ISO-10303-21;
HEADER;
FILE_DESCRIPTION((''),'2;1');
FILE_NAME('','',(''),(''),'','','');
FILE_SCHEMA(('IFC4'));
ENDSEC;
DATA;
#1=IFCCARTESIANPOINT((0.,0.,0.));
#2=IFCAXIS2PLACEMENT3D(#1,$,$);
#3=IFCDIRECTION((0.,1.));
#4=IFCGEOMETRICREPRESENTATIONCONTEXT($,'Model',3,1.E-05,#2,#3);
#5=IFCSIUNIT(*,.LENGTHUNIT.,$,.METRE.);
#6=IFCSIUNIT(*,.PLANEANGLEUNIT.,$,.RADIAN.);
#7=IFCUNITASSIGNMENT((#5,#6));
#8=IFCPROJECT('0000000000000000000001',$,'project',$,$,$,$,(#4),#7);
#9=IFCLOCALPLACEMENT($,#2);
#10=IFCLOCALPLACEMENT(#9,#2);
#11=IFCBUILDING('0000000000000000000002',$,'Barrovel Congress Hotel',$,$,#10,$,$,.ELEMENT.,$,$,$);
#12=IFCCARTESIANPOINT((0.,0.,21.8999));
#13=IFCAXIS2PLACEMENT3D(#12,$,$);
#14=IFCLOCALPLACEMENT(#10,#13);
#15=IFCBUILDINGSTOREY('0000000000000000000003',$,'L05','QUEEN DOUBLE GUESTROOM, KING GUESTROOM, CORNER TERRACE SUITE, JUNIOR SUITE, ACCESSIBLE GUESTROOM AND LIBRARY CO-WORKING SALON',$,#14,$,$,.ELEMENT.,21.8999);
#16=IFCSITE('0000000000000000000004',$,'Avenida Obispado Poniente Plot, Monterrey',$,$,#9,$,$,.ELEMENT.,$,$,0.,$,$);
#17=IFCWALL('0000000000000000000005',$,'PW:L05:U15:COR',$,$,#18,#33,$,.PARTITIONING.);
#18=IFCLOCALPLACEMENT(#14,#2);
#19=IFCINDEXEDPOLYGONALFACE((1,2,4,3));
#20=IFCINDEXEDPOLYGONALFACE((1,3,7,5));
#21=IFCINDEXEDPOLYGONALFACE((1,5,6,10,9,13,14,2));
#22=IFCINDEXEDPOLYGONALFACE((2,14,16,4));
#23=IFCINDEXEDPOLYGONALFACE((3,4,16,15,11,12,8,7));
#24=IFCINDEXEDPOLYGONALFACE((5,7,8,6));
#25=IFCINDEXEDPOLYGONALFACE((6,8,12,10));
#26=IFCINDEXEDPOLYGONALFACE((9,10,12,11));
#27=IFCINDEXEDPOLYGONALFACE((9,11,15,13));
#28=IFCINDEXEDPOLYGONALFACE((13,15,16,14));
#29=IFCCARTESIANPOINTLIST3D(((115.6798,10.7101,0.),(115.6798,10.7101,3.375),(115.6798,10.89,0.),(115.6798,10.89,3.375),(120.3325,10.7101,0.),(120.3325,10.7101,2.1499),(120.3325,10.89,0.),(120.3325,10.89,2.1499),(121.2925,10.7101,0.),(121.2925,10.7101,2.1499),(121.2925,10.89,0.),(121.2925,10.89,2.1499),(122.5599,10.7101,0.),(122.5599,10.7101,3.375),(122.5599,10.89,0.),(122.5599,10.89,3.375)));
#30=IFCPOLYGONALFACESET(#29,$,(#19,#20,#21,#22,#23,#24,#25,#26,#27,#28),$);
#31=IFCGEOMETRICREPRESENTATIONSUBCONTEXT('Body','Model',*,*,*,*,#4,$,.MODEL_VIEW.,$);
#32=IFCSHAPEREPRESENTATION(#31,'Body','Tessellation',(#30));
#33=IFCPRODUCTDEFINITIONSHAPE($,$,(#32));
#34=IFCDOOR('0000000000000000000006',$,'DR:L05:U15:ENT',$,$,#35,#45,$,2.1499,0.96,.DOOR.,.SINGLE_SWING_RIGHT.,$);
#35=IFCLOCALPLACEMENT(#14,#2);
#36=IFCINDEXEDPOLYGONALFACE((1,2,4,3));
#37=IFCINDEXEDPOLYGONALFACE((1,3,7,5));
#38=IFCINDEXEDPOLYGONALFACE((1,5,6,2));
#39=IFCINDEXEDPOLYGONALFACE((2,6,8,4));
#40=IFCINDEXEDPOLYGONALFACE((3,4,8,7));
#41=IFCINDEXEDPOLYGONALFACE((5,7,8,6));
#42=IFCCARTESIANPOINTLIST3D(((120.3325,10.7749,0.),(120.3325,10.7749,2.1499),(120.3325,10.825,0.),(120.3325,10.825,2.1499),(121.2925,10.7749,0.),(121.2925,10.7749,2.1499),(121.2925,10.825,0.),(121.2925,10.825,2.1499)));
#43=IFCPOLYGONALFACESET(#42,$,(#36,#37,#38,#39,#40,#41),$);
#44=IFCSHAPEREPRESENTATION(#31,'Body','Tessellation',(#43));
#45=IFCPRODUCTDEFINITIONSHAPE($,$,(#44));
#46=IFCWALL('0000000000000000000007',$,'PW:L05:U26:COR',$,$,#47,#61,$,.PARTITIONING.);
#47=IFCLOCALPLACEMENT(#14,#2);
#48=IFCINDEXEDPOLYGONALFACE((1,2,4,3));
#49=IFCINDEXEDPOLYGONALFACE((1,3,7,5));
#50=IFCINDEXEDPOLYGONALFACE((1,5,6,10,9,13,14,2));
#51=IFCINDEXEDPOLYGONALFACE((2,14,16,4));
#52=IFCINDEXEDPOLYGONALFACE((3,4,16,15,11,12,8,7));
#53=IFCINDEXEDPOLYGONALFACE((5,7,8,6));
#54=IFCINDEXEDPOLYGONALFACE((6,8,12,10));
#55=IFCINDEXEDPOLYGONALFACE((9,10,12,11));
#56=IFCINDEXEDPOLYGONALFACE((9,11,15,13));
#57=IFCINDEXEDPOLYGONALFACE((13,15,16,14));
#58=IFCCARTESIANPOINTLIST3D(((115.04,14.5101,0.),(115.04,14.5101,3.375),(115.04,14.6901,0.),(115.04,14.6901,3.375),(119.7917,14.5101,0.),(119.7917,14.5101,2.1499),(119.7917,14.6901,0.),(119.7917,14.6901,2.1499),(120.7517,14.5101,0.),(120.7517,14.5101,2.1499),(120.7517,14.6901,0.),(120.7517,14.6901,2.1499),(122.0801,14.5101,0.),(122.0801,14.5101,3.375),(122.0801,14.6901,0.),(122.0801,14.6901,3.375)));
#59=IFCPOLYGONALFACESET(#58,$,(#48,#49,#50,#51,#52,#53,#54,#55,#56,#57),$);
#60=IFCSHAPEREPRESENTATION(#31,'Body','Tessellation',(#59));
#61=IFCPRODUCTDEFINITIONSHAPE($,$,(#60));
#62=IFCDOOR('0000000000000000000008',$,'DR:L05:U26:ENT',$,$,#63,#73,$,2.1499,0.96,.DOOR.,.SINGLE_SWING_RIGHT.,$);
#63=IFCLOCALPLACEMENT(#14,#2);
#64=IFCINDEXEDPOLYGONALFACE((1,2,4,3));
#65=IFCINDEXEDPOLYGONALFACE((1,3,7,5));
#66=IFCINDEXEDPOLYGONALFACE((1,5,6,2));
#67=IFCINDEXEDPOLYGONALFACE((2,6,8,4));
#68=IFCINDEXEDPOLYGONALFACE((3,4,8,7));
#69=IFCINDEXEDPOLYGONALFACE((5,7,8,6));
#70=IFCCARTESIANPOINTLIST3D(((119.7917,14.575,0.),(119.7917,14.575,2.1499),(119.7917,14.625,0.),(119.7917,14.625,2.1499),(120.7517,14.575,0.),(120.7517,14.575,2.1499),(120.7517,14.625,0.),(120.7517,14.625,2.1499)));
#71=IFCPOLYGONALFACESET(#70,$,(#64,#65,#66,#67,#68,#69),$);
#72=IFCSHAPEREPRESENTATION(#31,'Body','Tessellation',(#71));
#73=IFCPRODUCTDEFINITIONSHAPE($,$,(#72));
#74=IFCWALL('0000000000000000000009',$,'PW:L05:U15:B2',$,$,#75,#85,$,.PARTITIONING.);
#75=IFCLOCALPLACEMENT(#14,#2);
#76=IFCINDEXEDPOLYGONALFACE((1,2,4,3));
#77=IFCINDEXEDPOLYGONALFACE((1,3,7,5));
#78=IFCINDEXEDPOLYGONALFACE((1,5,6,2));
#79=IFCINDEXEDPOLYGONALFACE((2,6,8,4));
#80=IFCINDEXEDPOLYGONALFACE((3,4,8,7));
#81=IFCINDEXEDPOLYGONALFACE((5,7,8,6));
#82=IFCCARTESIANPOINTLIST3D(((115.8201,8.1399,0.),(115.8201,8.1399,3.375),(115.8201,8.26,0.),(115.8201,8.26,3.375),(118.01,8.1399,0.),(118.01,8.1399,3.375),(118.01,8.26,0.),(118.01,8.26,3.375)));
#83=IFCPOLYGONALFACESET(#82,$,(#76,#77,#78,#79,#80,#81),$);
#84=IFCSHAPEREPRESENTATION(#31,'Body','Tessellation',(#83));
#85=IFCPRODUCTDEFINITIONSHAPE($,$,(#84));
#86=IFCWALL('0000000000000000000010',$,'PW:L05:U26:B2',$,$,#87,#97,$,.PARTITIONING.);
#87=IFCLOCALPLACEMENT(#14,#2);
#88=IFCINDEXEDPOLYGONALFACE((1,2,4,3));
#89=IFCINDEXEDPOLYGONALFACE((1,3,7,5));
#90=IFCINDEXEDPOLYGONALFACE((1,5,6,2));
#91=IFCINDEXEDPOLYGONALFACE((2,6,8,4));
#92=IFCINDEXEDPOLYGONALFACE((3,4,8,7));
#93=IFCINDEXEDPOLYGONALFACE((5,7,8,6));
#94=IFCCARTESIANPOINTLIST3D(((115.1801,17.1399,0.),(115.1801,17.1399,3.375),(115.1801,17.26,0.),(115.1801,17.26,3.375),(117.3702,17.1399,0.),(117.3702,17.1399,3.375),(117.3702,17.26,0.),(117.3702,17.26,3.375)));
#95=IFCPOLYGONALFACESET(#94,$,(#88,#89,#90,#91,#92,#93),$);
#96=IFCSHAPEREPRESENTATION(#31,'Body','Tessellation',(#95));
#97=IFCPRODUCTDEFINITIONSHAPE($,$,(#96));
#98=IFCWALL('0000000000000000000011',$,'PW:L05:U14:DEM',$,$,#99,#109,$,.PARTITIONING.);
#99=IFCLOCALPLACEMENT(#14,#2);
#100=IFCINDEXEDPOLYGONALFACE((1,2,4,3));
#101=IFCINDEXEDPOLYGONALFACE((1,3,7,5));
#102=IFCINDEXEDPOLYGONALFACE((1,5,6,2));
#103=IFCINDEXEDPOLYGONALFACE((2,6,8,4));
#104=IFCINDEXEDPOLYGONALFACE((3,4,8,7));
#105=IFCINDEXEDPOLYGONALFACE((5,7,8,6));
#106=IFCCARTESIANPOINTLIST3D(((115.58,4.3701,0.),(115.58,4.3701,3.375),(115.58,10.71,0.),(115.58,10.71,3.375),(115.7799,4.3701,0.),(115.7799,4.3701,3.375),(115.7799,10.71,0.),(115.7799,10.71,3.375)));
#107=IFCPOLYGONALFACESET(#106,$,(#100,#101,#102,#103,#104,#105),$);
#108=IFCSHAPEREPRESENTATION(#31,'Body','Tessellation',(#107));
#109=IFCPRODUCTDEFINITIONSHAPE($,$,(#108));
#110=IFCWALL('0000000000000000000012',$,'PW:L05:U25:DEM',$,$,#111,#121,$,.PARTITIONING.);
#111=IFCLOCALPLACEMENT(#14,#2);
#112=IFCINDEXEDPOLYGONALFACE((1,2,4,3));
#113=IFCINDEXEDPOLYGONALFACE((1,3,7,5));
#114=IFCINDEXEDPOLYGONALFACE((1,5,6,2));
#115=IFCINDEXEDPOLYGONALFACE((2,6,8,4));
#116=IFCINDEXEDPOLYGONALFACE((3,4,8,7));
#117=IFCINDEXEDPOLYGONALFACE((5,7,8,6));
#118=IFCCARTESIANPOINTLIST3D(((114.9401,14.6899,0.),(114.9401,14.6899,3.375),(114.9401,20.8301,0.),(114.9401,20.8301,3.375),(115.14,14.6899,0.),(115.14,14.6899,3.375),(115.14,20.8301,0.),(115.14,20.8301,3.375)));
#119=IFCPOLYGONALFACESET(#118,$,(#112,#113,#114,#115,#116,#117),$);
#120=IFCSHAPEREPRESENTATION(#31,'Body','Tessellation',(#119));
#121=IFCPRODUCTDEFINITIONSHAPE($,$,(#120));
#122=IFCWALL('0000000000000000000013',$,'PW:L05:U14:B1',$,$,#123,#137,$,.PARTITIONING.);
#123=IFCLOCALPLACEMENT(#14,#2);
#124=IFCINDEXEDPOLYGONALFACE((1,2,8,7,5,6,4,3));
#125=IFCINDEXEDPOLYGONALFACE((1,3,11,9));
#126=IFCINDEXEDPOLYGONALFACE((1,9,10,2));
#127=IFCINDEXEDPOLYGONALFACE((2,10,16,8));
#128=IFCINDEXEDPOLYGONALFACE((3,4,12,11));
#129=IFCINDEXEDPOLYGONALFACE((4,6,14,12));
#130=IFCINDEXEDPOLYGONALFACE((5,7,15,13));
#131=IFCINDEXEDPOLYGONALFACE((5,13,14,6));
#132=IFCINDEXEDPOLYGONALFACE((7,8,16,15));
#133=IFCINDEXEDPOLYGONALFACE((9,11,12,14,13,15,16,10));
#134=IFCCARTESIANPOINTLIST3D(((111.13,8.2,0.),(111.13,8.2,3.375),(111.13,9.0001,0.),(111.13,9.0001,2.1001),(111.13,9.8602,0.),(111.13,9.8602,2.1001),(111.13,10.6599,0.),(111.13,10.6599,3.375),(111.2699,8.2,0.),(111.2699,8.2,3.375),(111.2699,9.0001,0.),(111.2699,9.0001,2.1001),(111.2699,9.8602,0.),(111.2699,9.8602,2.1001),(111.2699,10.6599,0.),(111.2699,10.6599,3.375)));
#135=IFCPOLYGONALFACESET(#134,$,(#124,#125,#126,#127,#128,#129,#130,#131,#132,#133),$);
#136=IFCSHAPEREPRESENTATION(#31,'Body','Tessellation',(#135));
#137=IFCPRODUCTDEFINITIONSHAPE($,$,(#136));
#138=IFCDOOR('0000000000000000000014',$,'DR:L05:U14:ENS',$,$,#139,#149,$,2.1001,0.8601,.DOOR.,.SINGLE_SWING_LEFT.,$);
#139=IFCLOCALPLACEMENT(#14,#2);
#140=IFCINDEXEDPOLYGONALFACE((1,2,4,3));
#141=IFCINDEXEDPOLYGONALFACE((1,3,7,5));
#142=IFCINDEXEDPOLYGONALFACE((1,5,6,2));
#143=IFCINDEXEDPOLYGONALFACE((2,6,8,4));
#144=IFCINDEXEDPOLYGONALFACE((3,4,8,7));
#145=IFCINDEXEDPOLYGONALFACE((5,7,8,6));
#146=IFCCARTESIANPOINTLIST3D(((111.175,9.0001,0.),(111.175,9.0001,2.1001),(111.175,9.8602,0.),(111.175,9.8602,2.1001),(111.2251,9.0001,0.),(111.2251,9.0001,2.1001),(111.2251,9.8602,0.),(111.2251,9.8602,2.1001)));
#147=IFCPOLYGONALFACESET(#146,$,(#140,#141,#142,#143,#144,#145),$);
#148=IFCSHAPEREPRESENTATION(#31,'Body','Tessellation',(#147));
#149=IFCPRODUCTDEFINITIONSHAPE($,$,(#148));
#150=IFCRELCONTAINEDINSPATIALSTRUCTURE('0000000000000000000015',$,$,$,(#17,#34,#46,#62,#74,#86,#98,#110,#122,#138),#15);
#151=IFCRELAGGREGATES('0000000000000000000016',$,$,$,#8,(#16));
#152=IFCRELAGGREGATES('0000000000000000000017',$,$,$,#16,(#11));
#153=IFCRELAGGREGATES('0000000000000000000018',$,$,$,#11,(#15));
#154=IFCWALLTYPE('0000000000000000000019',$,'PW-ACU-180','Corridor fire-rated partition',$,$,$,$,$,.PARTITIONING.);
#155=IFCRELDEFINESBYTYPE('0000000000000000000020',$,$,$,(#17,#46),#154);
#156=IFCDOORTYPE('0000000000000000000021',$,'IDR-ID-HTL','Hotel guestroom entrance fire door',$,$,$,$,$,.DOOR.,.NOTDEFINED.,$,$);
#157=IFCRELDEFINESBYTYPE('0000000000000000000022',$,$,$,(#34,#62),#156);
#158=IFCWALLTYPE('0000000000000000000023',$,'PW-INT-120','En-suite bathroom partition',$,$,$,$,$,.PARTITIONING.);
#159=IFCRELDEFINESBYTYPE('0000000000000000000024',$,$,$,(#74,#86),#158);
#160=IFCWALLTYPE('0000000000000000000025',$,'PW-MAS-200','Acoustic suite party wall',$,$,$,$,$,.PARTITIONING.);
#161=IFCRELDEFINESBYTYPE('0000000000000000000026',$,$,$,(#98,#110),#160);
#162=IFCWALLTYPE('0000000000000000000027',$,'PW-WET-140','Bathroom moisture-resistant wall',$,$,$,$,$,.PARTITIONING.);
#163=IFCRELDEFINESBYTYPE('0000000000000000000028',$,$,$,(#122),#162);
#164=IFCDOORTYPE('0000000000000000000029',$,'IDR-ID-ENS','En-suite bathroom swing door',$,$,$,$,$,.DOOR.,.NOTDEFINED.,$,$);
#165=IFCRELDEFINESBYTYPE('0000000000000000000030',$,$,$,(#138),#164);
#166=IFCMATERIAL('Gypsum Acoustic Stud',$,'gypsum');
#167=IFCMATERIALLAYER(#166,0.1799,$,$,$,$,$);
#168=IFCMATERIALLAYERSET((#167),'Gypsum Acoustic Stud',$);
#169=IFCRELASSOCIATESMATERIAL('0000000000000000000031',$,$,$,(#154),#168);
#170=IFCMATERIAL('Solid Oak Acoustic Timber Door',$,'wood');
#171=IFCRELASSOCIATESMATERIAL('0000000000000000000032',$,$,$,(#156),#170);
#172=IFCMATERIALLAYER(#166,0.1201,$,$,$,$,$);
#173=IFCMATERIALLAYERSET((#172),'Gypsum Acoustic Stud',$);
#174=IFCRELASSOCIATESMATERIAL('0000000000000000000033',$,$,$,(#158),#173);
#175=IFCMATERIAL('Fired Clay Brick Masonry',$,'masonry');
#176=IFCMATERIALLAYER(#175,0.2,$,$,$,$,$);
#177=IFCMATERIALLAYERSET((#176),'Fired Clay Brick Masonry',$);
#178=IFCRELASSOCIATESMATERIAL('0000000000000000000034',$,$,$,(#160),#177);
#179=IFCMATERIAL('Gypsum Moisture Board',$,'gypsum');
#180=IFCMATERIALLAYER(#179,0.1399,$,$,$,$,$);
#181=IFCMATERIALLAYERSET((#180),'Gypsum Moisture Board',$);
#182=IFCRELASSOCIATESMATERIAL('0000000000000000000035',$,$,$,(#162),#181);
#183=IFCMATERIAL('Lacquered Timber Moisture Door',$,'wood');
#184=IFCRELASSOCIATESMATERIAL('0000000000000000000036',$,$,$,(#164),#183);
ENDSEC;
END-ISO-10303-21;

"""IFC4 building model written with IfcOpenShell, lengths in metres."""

from ifc_helpers import new_model, si_unit, direction, frame, frame_2d, origin, place, context, subcontext, project, spatial, rectangle, extrude, material, layer, layer_set, type_object, element, fill, save


model = new_model("IFC4")

# Units and contexts
model_context = context("Model", 3, precision=1e-05, world=origin(), true_north=direction((0.0, 1.0)))
body_context = subcontext(model_context, "Body", "Model", "MODEL_VIEW")
ifc_project = project(units=[si_unit("LENGTHUNIT", "METRE"), si_unit("PLANEANGLEUNIT", "RADIAN")], contexts=[model_context])

# Site, building, storey
site_placement = place(None, origin())
site = spatial("IfcSite", under=ifc_project, at=site_placement, Name="Avenida Obispado Poniente Plot, Monterrey", CompositionType="ELEMENT", RefElevation=0.0)
building_placement = place(site_placement, origin())
building = spatial("IfcBuilding", under=site, at=building_placement, Name="Barrovel Congress Hotel", CompositionType="ELEMENT")
storey_placement = place(building_placement, frame((0.0, 0.0, 21.8999)))
storey = spatial("IfcBuildingStorey", under=building, at=storey_placement, Name="L05", Description="QUEEN DOUBLE GUESTROOM, KING GUESTROOM, CORNER TERRACE SUITE, JUNIOR SUITE, ACCESSIBLE GUESTROOM AND LIBRARY CO-WORKING SALON", CompositionType="ELEMENT", Elevation=21.8999)

# Shared definitions
ifc_material_1 = material(Name="Fired Clay Brick Masonry", Category="masonry")

# Walls, openings, doors
ifc_material_2 = material(Name="Gypsum Acoustic Stud", Category="gypsum")
ifc_layer_1 = layer(ifc_material_2, 0.1799)
ifc_layer_set_1 = layer_set([ifc_layer_1], Name="Gypsum Acoustic Stud")
wall_type_1 = type_object("IfcWallType", Name="PW-ACU-180", Description="Corridor fire-rated partition", PredefinedType="PARTITIONING", material=ifc_layer_set_1)
wall_1_placement = place(storey_placement, frame((115.6799, 10.8, 0.0), z_axis=(0.0, 0.0, 1.0), x_axis=(1.0, 0.0, 0.0)))
wall_1 = element("IfcWall", 1, at=wall_1_placement, inside=storey, type_object=wall_type_1, Name="PW:L05:U15:COR", PredefinedType="PARTITIONING", context=body_context, shape_type="SweptSolid", body=[
    extrude(rectangle(XDim=6.8801, YDim=0.1799, at=frame_2d((3.4399, 0.0))), origin(), (0.0, 0.0, 1.0), 3.375),
])
opening_1_placement = place(wall_1_placement, frame((4.6526, 0.0, 0.0)))
opening_1 = element("IfcOpeningElement", 2, at=opening_1_placement, cuts=wall_1, PredefinedType="OPENING", context=body_context, shape_type="SweptSolid", body=[
    extrude(rectangle(XDim=0.96, YDim=2.1499, at=frame_2d((0.48, 1.075))), frame((0.0, 0.1001, 0.0), z_axis=(0.0, -1.0, 0.0), x_axis=(1.0, 0.0, 0.0)), (0.0, 0.0, 1.0), 0.2),
])
ifc_material_3 = material(Name="Solid Oak Acoustic Timber Door", Category="wood")
door_type_1 = type_object("IfcDoorType", Name="IDR-ID-HTL", Description="Hotel guestroom entrance fire door", OperationType="NOTDEFINED", PredefinedType="DOOR", material=ifc_material_3)
door_1_placement = place(opening_1_placement, origin())
door_1 = element("IfcDoor", 3, at=door_1_placement, inside=storey, type_object=door_type_1, Name="DR:L05:U15:ENT", OperationType="SINGLE_SWING_RIGHT", OverallHeight=2.1499, OverallWidth=0.96, PredefinedType="DOOR", context=body_context, shape_type="SweptSolid", body=[
    extrude(rectangle(XDim=0.96, YDim=2.1499, at=frame_2d((0.48, 1.075))), frame((0.0, 0.0249, 0.0), z_axis=(0.0, -1.0, 0.0), x_axis=(1.0, 0.0, 0.0)), (0.0, 0.0, 1.0), 0.05),
])
fill(opening_1, door_1)
wall_2_placement = place(storey_placement, frame((115.04, 14.6001, 0.0), z_axis=(0.0, 0.0, 1.0), x_axis=(1.0, 0.0, 0.0)))
wall_2 = element("IfcWall", 4, at=wall_2_placement, inside=storey, type_object=wall_type_1, Name="PW:L05:U26:COR", PredefinedType="PARTITIONING", context=body_context, shape_type="SweptSolid", body=[
    extrude(rectangle(XDim=7.04, YDim=0.1799, at=frame_2d((3.52, 0.0))), origin(), (0.0, 0.0, 1.0), 3.375),
])
opening_2_placement = place(wall_2_placement, frame((4.7517, 0.0, 0.0)))
opening_2 = element("IfcOpeningElement", 5, at=opening_2_placement, cuts=wall_2, PredefinedType="OPENING", context=body_context, shape_type="SweptSolid", body=[
    extrude(rectangle(XDim=0.96, YDim=2.1499, at=frame_2d((0.48, 1.075))), frame((0.0, 0.1001, 0.0), z_axis=(0.0, -1.0, 0.0), x_axis=(1.0, 0.0, 0.0)), (0.0, 0.0, 1.0), 0.2),
])
door_2_placement = place(opening_2_placement, origin())
door_2 = element("IfcDoor", 6, at=door_2_placement, inside=storey, type_object=door_type_1, Name="DR:L05:U26:ENT", OperationType="SINGLE_SWING_RIGHT", OverallHeight=2.1499, OverallWidth=0.96, PredefinedType="DOOR", context=body_context, shape_type="SweptSolid", body=[
    extrude(rectangle(XDim=0.96, YDim=2.1499, at=frame_2d((0.48, 1.075))), frame((0.0, 0.0249, 0.0), z_axis=(0.0, -1.0, 0.0), x_axis=(1.0, 0.0, 0.0)), (0.0, 0.0, 1.0), 0.05),
])
fill(opening_2, door_2)

# Walls
ifc_layer_2 = layer(ifc_material_2, 0.1201)
ifc_layer_set_2 = layer_set([ifc_layer_2], Name="Gypsum Acoustic Stud")
wall_type_2 = type_object("IfcWallType", Name="PW-INT-120", Description="En-suite bathroom partition", PredefinedType="PARTITIONING", material=ifc_layer_set_2)
wall_3_placement = place(storey_placement, frame((115.8201, 8.2, 0.0), z_axis=(0.0, 0.0, 1.0), x_axis=(1.0, 0.0, 0.0)))
element("IfcWall", 7, at=wall_3_placement, inside=storey, type_object=wall_type_2, Name="PW:L05:U15:B2", PredefinedType="PARTITIONING", context=body_context, shape_type="SweptSolid", body=[
    extrude(rectangle(XDim=2.1899, YDim=0.1201, at=frame_2d((1.095, 0.0))), origin(), (0.0, 0.0, 1.0), 3.375),
])
wall_4_placement = place(storey_placement, frame((115.1799, 17.2, 0.0), z_axis=(0.0, 0.0, 1.0), x_axis=(1.0, 0.0, 0.0)))
element("IfcWall", 8, at=wall_4_placement, inside=storey, type_object=wall_type_2, Name="PW:L05:U26:B2", PredefinedType="PARTITIONING", context=body_context, shape_type="SweptSolid", body=[
    extrude(rectangle(XDim=2.1902, YDim=0.1201, at=frame_2d((1.0952, 0.0))), origin(), (0.0, 0.0, 1.0), 3.375),
])
ifc_layer_3 = layer(ifc_material_1, 0.2)
ifc_layer_set_3 = layer_set([ifc_layer_3], Name="Fired Clay Brick Masonry")
wall_type_3 = type_object("IfcWallType", Name="PW-MAS-200", Description="Acoustic suite party wall", PredefinedType="PARTITIONING", material=ifc_layer_set_3)
wall_5_placement = place(storey_placement, frame((115.6799, 4.3701, 0.0), z_axis=(0.0, 0.0, 1.0), x_axis=(0.0, 1.0, 0.0)))
element("IfcWall", 9, at=wall_5_placement, inside=storey, type_object=wall_type_3, Name="PW:L05:U14:DEM", PredefinedType="PARTITIONING", context=body_context, shape_type="SweptSolid", body=[
    extrude(rectangle(XDim=6.3398, YDim=0.2, at=frame_2d((3.1699, 0.0))), origin(), (0.0, 0.0, 1.0), 3.375),
])
wall_6_placement = place(storey_placement, frame((115.04, 14.6899, 0.0), z_axis=(0.0, 0.0, 1.0), x_axis=(0.0, 1.0, 0.0)))
element("IfcWall", 10, at=wall_6_placement, inside=storey, type_object=wall_type_3, Name="PW:L05:U25:DEM", PredefinedType="PARTITIONING", context=body_context, shape_type="SweptSolid", body=[
    extrude(rectangle(XDim=6.1401, YDim=0.2, at=frame_2d((3.0701, 0.0))), origin(), (0.0, 0.0, 1.0), 3.375),
])

# Wall, opening, door
ifc_material_4 = material(Name="Gypsum Moisture Board", Category="gypsum")
ifc_layer_4 = layer(ifc_material_4, 0.1399)
ifc_layer_set_4 = layer_set([ifc_layer_4], Name="Gypsum Moisture Board")
wall_type_4 = type_object("IfcWallType", Name="PW-WET-140", Description="Bathroom moisture-resistant wall", PredefinedType="PARTITIONING", material=ifc_layer_set_4)
wall_7_placement = place(storey_placement, frame((111.2, 8.2, 0.0), z_axis=(0.0, 0.0, 1.0), x_axis=(0.0, 1.0, 0.0)))
wall_7 = element("IfcWall", 11, at=wall_7_placement, inside=storey, type_object=wall_type_4, Name="PW:L05:U14:B1", PredefinedType="PARTITIONING", context=body_context, shape_type="SweptSolid", body=[
    extrude(rectangle(XDim=2.46, YDim=0.1399, at=frame_2d((1.23, 0.0))), origin(), (0.0, 0.0, 1.0), 3.375),
])
opening_3_placement = place(wall_7_placement, frame((0.8, 0.0, 0.0)))
opening_3 = element("IfcOpeningElement", 12, at=opening_3_placement, cuts=wall_7, PredefinedType="OPENING", context=body_context, shape_type="SweptSolid", body=[
    extrude(rectangle(XDim=0.8601, YDim=2.1001, at=frame_2d((0.4302, 1.05))), frame((0.0, 0.0801, 0.0), z_axis=(0.0, -1.0, 0.0), x_axis=(1.0, 0.0, 0.0)), (0.0, 0.0, 1.0), 0.1599),
])
ifc_material_5 = material(Name="Lacquered Timber Moisture Door", Category="wood")
door_type_2 = type_object("IfcDoorType", Name="IDR-ID-ENS", Description="En-suite bathroom swing door", OperationType="NOTDEFINED", PredefinedType="DOOR", material=ifc_material_5)
door_3_placement = place(opening_3_placement, origin())
door_3 = element("IfcDoor", 13, at=door_3_placement, inside=storey, type_object=door_type_2, Name="DR:L05:U14:ENS", OperationType="SINGLE_SWING_LEFT", OverallHeight=2.1001, OverallWidth=0.8601, PredefinedType="DOOR", context=body_context, shape_type="SweptSolid", body=[
    extrude(rectangle(XDim=0.8601, YDim=2.1001, at=frame_2d((0.4302, 1.05))), frame((0.0, 0.0249, 0.0), z_axis=(0.0, -1.0, 0.0), x_axis=(1.0, 0.0, 0.0)), (0.0, 0.0, 1.0), 0.05),
])
fill(opening_3, door_3)

save(model, "model.ifc")
